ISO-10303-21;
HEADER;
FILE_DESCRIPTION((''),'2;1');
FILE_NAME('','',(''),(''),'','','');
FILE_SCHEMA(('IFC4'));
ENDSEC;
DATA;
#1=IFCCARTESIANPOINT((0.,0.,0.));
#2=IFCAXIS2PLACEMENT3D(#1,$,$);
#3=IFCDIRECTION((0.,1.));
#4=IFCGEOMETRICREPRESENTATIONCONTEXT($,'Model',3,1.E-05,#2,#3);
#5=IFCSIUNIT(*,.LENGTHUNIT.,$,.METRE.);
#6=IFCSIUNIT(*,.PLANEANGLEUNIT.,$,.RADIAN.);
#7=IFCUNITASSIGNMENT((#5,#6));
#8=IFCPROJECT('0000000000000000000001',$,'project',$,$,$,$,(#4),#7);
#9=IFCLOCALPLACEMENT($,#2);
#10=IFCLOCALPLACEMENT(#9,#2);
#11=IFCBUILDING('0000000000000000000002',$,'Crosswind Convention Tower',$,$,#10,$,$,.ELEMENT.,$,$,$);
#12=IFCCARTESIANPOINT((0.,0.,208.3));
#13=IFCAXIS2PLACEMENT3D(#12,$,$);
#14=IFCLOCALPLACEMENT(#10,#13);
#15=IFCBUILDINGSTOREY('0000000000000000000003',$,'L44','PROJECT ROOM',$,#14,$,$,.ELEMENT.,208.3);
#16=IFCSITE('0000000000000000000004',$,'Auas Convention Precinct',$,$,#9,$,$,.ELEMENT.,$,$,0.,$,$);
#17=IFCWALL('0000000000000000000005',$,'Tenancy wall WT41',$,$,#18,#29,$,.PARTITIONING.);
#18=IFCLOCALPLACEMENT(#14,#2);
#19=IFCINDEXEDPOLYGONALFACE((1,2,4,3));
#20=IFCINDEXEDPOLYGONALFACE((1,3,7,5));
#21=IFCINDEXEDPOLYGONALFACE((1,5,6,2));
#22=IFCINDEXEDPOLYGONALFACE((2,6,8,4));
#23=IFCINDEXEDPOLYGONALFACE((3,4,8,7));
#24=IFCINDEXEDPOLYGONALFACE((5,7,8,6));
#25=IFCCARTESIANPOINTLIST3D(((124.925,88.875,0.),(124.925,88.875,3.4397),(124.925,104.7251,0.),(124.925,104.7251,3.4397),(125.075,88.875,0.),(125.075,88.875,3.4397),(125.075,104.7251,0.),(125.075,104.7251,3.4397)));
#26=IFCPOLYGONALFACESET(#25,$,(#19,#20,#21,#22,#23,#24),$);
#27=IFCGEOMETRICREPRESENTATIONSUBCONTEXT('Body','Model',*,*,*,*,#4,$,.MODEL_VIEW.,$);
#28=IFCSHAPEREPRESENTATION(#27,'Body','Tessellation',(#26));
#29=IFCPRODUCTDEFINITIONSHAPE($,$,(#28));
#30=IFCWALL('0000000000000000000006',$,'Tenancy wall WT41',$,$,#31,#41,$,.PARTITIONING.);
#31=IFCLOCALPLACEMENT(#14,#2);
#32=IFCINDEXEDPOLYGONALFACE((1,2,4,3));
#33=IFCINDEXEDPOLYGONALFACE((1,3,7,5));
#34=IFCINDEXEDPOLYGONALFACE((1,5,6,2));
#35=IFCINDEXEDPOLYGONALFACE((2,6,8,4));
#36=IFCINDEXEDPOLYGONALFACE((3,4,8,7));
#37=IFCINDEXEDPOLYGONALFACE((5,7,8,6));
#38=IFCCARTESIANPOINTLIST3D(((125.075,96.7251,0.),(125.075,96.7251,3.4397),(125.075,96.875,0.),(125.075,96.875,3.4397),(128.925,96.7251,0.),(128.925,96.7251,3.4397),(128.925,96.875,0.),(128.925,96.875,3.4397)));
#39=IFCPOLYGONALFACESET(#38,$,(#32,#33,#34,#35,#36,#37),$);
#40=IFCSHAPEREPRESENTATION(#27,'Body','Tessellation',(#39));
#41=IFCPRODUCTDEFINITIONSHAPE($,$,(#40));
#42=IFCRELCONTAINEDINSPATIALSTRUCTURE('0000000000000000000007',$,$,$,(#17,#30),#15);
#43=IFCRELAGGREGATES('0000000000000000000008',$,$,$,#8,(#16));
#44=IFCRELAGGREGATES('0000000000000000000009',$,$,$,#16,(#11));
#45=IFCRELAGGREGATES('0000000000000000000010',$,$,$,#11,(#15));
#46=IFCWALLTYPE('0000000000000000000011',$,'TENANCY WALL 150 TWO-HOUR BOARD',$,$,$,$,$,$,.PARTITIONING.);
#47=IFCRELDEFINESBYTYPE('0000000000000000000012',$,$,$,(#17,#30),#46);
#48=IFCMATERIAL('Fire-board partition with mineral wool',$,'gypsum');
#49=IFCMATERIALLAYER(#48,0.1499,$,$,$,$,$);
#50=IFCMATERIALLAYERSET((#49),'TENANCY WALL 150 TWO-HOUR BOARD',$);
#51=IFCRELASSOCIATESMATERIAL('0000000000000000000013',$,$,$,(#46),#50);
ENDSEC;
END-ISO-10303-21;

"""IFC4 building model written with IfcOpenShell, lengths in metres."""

from ifc_helpers import new_model, si_unit, direction, frame, frame_2d, origin, place, context, subcontext, project, spatial, rectangle, extrude, material, layer, layer_set, type_object, element, save


model = new_model("IFC4")

# Units and contexts
model_context = context("Model", 3, precision=1e-05, world=origin(), true_north=direction((0.0, 1.0)))
body_context = subcontext(model_context, "Body", "Model", "MODEL_VIEW")
ifc_project = project(units=[si_unit("LENGTHUNIT", "METRE"), si_unit("PLANEANGLEUNIT", "RADIAN")], contexts=[model_context])

# Site, building, storey
site_placement = place(None, origin())
site = spatial("IfcSite", under=ifc_project, at=site_placement, Name="Auas Convention Precinct", CompositionType="ELEMENT", RefElevation=0.0)
building_placement = place(site_placement, origin())
building = spatial("IfcBuilding", under=site, at=building_placement, Name="Crosswind Convention Tower", CompositionType="ELEMENT")
storey_placement = place(building_placement, frame((0.0, 0.0, 208.3)))
storey = spatial("IfcBuildingStorey", under=building, at=storey_placement, Name="L44", Description="PROJECT ROOM", CompositionType="ELEMENT", Elevation=208.3)

# Walls
ifc_material_1 = material(Name="Fire-board partition with mineral wool", Category="gypsum")
ifc_layer_1 = layer(ifc_material_1, 0.1499)
ifc_layer_set_1 = layer_set([ifc_layer_1], Name="TENANCY WALL 150 TWO-HOUR BOARD")
wall_type_1 = type_object("IfcWallType", Name="TENANCY WALL 150 TWO-HOUR BOARD", PredefinedType="PARTITIONING", material=ifc_layer_set_1)
wall_1_placement = place(storey_placement, frame((125.0, 88.875, 0.0), z_axis=(0.0, 0.0, 1.0), x_axis=(0.0, 1.0, 0.0)))
element("IfcWall", 1, at=wall_1_placement, inside=storey, type_object=wall_type_1, Name="Tenancy wall WT41", PredefinedType="PARTITIONING", context=body_context, shape_type="SweptSolid", body=[
    extrude(rectangle(XDim=15.8501, YDim=0.1499, at=frame_2d((7.925, 0.0))), origin(), (0.0, 0.0, 1.0), 3.4397),
])
wall_2_placement = place(storey_placement, frame((125.075, 96.8, 0.0), z_axis=(0.0, 0.0, 1.0), x_axis=(1.0, 0.0, 0.0)))
element("IfcWall", 2, at=wall_2_placement, inside=storey, type_object=wall_type_1, Name="Tenancy wall WT41", PredefinedType="PARTITIONING", context=body_context, shape_type="SweptSolid", body=[
    extrude(rectangle(XDim=3.8501, YDim=0.1499, at=frame_2d((1.925, 0.0))), origin(), (0.0, 0.0, 1.0), 3.4397),
])

save(model, "model.ifc")
